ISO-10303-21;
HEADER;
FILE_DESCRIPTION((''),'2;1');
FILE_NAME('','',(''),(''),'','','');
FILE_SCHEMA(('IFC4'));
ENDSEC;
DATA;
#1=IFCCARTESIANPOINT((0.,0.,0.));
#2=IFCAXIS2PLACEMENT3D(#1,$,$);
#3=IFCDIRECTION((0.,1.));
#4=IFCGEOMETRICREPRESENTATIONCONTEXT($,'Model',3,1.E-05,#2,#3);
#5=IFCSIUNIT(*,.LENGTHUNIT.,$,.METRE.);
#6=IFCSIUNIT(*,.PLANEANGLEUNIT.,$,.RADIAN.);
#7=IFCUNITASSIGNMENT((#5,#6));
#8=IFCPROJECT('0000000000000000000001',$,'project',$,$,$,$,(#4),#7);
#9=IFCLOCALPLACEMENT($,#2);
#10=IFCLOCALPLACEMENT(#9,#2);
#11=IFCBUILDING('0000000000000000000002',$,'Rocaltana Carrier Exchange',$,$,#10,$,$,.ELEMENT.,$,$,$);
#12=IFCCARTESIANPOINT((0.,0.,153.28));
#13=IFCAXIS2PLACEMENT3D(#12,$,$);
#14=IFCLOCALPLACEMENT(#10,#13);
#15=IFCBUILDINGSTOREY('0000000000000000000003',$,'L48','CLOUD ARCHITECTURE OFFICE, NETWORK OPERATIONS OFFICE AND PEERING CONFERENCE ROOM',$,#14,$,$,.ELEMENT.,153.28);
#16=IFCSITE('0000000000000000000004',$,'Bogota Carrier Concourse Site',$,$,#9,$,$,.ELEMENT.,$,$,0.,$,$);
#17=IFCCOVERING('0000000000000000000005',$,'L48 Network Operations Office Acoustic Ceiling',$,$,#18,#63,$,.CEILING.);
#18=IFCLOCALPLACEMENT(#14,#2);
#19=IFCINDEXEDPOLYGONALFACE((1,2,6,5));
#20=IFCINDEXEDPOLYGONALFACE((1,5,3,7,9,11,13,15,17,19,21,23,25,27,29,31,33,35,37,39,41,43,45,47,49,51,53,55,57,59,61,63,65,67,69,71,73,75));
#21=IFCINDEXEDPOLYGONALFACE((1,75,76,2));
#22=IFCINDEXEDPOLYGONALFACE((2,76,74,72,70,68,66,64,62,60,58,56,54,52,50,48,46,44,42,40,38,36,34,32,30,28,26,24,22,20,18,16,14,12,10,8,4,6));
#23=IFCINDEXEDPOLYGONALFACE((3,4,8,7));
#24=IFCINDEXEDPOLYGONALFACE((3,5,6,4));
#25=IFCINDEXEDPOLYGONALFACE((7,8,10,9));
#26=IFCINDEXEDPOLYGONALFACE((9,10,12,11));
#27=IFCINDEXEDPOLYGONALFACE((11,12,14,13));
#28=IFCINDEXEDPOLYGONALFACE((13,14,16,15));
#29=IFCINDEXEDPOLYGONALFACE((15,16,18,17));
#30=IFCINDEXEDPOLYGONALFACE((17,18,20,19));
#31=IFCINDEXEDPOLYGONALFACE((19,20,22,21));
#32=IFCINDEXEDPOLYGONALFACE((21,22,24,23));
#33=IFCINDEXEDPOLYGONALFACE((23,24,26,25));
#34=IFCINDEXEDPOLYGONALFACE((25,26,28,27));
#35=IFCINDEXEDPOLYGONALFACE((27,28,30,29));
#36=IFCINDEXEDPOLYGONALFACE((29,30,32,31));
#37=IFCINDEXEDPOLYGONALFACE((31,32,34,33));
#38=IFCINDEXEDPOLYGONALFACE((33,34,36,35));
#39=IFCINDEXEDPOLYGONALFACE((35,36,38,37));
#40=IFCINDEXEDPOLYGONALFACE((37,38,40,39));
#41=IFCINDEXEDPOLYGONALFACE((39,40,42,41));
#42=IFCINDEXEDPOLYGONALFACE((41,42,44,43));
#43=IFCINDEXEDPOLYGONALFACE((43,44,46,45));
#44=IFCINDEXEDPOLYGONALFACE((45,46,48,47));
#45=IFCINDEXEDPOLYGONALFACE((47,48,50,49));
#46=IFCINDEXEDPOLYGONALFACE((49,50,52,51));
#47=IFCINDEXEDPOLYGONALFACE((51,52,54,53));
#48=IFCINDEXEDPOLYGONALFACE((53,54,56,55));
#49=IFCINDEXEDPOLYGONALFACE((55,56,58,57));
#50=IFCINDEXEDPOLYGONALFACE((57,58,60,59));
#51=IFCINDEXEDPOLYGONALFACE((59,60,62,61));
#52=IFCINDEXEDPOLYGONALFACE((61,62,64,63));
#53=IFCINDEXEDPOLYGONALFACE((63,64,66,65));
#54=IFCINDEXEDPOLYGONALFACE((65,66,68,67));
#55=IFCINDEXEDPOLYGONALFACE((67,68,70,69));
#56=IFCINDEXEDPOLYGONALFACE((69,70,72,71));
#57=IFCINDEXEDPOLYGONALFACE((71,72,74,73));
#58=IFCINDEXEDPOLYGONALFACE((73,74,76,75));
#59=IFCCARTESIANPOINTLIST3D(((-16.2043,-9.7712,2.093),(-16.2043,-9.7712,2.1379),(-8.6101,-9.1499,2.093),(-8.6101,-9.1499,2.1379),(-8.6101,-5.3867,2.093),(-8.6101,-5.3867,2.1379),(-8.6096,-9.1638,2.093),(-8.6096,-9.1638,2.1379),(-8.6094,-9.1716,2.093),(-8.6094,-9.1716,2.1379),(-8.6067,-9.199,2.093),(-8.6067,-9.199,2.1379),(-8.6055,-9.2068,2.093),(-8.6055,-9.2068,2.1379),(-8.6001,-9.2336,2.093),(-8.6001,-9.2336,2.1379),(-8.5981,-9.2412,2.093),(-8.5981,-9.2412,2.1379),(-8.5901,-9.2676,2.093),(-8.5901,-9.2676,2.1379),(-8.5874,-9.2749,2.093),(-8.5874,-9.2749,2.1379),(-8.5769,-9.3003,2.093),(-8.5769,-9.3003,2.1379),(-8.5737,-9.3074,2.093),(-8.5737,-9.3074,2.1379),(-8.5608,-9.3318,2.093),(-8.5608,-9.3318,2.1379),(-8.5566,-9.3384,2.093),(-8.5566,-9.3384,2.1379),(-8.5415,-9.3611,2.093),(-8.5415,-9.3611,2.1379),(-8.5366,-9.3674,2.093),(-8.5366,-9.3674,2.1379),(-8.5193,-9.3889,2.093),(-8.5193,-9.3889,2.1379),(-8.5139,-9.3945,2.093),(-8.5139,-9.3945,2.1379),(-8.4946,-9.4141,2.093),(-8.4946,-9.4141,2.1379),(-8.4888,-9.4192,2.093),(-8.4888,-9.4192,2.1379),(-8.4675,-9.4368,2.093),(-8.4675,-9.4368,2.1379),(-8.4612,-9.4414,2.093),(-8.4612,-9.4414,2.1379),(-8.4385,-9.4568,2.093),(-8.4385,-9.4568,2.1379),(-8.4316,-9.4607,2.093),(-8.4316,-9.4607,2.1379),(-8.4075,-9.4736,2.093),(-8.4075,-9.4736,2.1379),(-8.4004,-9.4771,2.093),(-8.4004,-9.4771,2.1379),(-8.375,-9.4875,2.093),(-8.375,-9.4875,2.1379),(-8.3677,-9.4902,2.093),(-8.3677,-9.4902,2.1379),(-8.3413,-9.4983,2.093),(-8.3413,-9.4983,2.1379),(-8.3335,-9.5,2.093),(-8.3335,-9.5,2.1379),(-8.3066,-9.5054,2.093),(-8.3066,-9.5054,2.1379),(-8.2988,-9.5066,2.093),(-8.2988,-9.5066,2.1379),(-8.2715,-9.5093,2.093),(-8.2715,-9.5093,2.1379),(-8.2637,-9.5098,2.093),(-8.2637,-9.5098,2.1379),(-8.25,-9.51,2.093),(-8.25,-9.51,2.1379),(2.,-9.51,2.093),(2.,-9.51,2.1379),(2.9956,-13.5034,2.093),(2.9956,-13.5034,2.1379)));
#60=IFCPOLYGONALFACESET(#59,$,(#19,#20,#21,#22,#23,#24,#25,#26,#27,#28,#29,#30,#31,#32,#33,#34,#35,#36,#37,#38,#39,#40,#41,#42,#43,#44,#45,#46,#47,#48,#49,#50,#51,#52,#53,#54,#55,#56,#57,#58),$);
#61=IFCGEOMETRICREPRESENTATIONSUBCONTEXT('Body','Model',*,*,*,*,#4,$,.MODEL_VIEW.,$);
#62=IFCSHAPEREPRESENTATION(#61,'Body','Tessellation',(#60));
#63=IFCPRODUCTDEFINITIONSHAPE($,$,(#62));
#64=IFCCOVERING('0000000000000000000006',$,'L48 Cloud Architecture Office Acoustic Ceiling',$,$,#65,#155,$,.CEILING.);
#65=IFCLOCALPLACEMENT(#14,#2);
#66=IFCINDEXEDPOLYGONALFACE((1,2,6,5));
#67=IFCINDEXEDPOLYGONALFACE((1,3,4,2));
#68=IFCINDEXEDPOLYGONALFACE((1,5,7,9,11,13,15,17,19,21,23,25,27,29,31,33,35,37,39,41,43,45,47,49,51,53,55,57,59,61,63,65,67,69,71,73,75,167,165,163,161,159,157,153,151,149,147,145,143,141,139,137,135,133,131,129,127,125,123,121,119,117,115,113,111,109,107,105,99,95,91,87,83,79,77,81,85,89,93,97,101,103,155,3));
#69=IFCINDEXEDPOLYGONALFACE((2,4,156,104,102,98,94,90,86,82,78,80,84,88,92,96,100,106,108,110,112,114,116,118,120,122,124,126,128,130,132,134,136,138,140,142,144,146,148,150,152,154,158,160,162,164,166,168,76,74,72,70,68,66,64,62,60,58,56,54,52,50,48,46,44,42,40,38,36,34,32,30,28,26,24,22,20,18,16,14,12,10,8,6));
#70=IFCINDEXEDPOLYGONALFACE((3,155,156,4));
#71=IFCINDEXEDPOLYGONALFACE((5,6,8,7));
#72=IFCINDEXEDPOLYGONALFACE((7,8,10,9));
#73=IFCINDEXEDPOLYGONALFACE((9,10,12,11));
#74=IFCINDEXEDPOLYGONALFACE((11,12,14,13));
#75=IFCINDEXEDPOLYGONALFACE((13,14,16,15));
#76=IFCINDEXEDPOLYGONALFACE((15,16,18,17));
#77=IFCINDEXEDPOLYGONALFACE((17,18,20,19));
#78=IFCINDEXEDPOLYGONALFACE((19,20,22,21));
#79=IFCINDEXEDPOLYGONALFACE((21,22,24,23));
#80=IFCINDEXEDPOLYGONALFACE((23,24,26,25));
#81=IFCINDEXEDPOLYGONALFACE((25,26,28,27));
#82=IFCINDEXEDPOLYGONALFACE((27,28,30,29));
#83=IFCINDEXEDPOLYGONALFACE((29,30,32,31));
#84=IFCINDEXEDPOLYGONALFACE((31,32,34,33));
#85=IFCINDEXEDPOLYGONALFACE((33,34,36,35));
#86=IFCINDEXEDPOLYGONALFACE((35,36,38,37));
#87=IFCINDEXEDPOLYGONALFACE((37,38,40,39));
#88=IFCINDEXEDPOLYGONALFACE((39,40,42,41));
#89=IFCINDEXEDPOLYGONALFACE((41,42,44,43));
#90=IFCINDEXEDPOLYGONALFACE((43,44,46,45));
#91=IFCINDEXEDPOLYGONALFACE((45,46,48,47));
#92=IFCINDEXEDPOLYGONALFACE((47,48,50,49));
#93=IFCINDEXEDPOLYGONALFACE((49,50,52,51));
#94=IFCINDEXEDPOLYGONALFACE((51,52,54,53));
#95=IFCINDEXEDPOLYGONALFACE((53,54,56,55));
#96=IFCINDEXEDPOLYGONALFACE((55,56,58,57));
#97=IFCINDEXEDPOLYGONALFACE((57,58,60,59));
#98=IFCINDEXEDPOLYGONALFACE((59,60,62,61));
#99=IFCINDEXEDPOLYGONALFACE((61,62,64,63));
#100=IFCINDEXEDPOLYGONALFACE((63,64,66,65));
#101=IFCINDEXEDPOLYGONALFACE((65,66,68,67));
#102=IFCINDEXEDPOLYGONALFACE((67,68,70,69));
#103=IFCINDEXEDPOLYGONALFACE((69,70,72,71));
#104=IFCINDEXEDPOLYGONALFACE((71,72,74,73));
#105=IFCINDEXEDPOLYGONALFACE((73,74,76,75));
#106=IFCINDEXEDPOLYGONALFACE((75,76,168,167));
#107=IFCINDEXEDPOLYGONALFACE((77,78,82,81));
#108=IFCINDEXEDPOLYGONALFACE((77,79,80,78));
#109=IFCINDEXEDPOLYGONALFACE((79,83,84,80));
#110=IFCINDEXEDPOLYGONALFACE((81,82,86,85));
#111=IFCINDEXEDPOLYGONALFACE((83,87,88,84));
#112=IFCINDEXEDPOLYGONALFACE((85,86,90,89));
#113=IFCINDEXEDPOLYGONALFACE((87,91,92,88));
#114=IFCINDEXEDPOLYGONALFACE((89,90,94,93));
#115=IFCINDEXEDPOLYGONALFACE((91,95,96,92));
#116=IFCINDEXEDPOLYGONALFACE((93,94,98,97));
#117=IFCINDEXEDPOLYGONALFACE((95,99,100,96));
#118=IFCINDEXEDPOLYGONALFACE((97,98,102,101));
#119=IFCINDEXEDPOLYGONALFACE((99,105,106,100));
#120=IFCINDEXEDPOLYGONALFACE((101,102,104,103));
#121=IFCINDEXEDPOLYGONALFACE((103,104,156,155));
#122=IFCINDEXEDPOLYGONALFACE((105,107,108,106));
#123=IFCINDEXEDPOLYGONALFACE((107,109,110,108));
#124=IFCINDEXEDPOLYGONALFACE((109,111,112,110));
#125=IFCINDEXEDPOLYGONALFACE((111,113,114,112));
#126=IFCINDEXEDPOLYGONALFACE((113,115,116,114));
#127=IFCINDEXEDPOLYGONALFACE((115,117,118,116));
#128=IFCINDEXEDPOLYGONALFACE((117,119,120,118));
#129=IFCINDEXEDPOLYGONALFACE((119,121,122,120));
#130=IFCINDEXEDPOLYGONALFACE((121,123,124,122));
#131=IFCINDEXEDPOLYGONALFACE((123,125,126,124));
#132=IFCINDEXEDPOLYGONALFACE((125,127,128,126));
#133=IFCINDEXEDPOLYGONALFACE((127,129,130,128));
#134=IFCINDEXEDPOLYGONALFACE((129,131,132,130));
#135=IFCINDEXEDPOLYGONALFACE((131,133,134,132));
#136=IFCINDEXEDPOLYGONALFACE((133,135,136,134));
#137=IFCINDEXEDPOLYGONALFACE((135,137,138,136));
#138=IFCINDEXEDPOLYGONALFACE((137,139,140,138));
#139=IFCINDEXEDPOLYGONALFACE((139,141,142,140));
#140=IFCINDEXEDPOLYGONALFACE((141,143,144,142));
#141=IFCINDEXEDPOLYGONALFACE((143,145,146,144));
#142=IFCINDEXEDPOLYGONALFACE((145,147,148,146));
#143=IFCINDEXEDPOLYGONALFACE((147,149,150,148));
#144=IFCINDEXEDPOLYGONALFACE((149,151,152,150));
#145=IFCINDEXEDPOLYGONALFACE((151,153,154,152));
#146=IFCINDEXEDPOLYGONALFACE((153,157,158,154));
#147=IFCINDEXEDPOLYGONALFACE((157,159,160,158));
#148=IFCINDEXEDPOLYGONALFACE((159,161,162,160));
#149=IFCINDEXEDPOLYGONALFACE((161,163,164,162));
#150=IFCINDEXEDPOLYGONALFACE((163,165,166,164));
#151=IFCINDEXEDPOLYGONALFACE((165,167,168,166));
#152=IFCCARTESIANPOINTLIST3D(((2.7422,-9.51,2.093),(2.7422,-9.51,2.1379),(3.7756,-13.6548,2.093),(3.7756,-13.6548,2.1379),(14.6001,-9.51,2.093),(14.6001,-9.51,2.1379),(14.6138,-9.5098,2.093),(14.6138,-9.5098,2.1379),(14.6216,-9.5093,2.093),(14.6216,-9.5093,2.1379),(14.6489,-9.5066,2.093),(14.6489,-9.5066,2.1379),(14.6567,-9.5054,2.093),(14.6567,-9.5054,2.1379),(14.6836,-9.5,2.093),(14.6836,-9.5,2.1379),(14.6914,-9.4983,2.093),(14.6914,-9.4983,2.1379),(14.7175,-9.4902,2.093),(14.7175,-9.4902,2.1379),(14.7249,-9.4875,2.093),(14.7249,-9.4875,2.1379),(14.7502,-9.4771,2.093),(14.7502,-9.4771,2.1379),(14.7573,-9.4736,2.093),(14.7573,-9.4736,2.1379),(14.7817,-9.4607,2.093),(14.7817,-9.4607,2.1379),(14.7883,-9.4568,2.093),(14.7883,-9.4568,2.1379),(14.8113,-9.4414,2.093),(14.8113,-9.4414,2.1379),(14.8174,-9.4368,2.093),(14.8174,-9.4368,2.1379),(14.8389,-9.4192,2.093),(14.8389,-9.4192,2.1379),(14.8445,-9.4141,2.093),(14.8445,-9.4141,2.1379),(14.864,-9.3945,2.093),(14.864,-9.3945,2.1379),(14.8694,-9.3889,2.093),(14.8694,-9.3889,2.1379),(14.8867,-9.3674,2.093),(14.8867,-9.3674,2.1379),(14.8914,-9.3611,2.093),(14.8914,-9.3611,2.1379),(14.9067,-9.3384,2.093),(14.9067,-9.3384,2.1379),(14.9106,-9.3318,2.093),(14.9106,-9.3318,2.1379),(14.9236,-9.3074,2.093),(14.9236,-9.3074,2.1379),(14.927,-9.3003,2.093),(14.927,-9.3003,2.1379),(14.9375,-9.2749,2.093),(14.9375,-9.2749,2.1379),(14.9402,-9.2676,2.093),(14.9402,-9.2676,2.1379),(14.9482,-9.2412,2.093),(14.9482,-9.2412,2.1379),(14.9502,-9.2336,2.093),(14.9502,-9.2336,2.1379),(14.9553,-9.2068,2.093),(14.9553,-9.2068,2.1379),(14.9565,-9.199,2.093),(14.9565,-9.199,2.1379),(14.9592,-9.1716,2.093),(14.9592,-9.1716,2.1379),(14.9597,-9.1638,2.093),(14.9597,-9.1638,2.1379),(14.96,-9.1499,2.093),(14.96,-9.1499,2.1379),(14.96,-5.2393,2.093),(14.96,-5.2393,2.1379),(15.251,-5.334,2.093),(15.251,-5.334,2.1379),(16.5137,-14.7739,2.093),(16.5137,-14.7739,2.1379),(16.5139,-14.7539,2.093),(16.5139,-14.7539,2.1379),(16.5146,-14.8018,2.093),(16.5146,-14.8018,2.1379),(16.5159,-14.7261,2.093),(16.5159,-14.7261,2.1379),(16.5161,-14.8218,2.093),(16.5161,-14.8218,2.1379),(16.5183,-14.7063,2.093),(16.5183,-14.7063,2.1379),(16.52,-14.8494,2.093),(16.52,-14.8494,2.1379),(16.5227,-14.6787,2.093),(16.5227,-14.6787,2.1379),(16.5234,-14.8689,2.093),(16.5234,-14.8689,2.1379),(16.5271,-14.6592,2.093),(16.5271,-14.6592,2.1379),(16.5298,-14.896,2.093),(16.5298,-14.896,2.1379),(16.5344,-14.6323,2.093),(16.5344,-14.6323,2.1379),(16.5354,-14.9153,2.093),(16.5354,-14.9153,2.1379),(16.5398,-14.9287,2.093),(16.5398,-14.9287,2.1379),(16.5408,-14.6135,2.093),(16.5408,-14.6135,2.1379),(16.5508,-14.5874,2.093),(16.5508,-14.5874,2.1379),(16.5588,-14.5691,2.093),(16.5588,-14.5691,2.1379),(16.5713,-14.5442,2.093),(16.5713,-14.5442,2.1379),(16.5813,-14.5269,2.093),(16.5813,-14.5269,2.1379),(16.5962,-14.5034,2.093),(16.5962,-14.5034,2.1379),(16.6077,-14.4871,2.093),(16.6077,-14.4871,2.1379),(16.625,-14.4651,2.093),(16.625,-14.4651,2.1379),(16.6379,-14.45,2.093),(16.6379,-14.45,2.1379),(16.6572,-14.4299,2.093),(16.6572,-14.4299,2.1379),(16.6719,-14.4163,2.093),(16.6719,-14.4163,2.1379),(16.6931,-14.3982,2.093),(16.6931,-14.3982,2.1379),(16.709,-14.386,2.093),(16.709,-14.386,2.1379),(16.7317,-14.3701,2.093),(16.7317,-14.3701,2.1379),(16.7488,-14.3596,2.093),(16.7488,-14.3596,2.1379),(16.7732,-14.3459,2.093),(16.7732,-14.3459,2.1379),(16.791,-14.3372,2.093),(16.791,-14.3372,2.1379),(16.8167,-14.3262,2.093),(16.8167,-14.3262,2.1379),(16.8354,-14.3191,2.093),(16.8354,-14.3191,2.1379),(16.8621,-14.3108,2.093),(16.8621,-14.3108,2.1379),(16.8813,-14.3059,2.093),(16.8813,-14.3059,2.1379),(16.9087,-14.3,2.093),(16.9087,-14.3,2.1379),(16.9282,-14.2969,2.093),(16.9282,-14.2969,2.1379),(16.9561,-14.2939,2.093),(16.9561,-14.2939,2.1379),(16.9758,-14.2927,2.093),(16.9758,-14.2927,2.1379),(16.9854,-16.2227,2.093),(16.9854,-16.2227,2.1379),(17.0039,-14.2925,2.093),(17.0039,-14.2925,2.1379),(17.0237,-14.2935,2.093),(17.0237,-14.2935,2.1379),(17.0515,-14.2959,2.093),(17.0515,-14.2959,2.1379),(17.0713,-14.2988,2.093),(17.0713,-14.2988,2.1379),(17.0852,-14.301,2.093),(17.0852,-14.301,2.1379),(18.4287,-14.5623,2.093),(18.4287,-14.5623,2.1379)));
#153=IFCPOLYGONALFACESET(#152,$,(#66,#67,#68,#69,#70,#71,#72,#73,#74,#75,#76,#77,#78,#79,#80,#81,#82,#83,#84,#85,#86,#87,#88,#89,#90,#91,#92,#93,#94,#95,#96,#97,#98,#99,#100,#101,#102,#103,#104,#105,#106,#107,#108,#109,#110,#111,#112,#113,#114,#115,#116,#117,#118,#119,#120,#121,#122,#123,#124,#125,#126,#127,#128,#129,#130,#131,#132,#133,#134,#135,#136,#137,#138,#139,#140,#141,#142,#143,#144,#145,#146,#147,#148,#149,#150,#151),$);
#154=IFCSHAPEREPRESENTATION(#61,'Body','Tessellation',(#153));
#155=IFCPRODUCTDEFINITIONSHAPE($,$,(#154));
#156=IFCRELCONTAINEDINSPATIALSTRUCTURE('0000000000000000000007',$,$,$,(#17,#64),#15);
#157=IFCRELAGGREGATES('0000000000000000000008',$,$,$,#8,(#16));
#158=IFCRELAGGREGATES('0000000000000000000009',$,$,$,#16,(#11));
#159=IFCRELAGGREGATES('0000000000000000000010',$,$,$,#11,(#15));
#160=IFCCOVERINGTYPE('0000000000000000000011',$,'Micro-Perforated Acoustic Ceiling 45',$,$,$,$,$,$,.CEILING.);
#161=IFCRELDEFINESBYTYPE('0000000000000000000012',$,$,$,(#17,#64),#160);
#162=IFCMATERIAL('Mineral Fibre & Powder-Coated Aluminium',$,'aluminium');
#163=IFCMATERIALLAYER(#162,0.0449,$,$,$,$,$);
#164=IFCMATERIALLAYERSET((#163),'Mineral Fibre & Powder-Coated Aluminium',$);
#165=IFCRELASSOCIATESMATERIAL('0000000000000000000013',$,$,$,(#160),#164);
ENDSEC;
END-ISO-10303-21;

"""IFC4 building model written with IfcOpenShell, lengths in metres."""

from ifc_helpers import new_model, si_unit, direction, frame, origin, place, context, subcontext, project, spatial, polyline, outline, extrude, material, layer, layer_set, type_object, element, save


model = new_model("IFC4")

# Units and contexts
model_context = context("Model", 3, precision=1e-05, world=origin(), true_north=direction((0.0, 1.0)))
body_context = subcontext(model_context, "Body", "Model", "MODEL_VIEW")
ifc_project = project(units=[si_unit("LENGTHUNIT", "METRE"), si_unit("PLANEANGLEUNIT", "RADIAN")], contexts=[model_context])

# Site, building, storey
site_placement = place(None, origin())
site = spatial("IfcSite", under=ifc_project, at=site_placement, Name="Bogota Carrier Concourse Site", CompositionType="ELEMENT", RefElevation=0.0)
building_placement = place(site_placement, origin())
building = spatial("IfcBuilding", under=site, at=building_placement, Name="Rocaltana Carrier Exchange", CompositionType="ELEMENT")
storey_placement = place(building_placement, frame((0.0, 0.0, 153.28)))
storey = spatial("IfcBuildingStorey", under=building, at=storey_placement, Name="L48", Description="CLOUD ARCHITECTURE OFFICE, NETWORK OPERATIONS OFFICE AND PEERING CONFERENCE ROOM", CompositionType="ELEMENT", Elevation=153.28)

# Coverings
ifc_material_1 = material(Name="Mineral Fibre & Powder-Coated Aluminium", Category="aluminium")
ifc_layer_1 = layer(ifc_material_1, 0.0449)
ifc_layer_set_1 = layer_set([ifc_layer_1], Name="Mineral Fibre & Powder-Coated Aluminium")
covering_type_1 = type_object("IfcCoveringType", Name="Micro-Perforated Acoustic Ceiling 45", PredefinedType="CEILING", material=ifc_layer_set_1)
covering_1_placement = place(storey_placement, frame((0.0, 0.0, 2.093)))
element("IfcCovering", 1, at=covering_1_placement, inside=storey, type_object=covering_type_1, Name="L48 Network Operations Office Acoustic Ceiling", PredefinedType="CEILING", context=body_context, shape_type="SweptSolid", body=[
    extrude(outline(polyline([(-16.2043, -9.7712), (-8.6101, -5.3867), (-8.6101, -9.1499), (-8.6096, -9.1638), (-8.6094, -9.1716), (-8.6067, -9.199), (-8.6055, -9.2068), (-8.6001, -9.2336), (-8.5981, -9.2412), (-8.5901, -9.2676), (-8.5874, -9.2749), (-8.5769, -9.3003), (-8.5737, -9.3074), (-8.5608, -9.3318), (-8.5566, -9.3384), (-8.5415, -9.3611), (-8.5366, -9.3674), (-8.5193, -9.3889), (-8.5139, -9.3945), (-8.4946, -9.4141), (-8.4888, -9.4192), (-8.4675, -9.4368), (-8.4612, -9.4414), (-8.4385, -9.4568), (-8.4316, -9.4607), (-8.4075, -9.4736), (-8.4004, -9.4771), (-8.375, -9.4875), (-8.3677, -9.4902), (-8.3413, -9.4983), (-8.3335, -9.5), (-8.3066, -9.5054), (-8.2988, -9.5066), (-8.2715, -9.5093), (-8.2637, -9.5098), (-8.25, -9.51), (2.0, -9.51), (2.9956, -13.5034), (-16.2043, -9.7712)])), origin(), (0.0, 0.0, 1.0), 0.0449),
])
covering_2_placement = place(storey_placement, frame((0.0, 0.0, 2.093)))
element("IfcCovering", 2, at=covering_2_placement, inside=storey, type_object=covering_type_1, Name="L48 Cloud Architecture Office Acoustic Ceiling", PredefinedType="CEILING", context=body_context, shape_type="SweptSolid", body=[
    extrude(outline(polyline([(18.4287, -14.5623), (17.0852, -14.301), (17.0713, -14.2988), (17.0515, -14.2959), (17.0237, -14.2935), (17.0039, -14.2925), (16.9758, -14.2927), (16.9561, -14.2939), (16.9282, -14.2969), (16.9087, -14.3), (16.8813, -14.3059), (16.8621, -14.3108), (16.8354, -14.3191), (16.8167, -14.3262), (16.791, -14.3372), (16.7732, -14.3459), (16.7488, -14.3596), (16.7317, -14.3701), (16.709, -14.386), (16.6931, -14.3982), (16.6719, -14.4163), (16.6572, -14.4299), (16.6379, -14.45), (16.625, -14.4651), (16.6077, -14.4871), (16.5962, -14.5034), (16.5813, -14.5269), (16.5713, -14.5442), (16.5588, -14.5691), (16.5508, -14.5874), (16.5408, -14.6135), (16.5344, -14.6323), (16.5271, -14.6592), (16.5227, -14.6787), (16.5183, -14.7063), (16.5159, -14.7261), (16.5139, -14.7539), (16.5137, -14.7739), (16.5146, -14.8018), (16.5161, -14.8218), (16.52, -14.8494), (16.5234, -14.8689), (16.5298, -14.896), (16.5354, -14.9153), (16.5398, -14.9287), (16.9854, -16.2227), (3.7756, -13.6548), (2.7422, -9.51), (14.6001, -9.51), (14.6138, -9.5098), (14.6216, -9.5093), (14.6489, -9.5066), (14.6567, -9.5054), (14.6836, -9.5), (14.6914, -9.4983), (14.7175, -9.4902), (14.7249, -9.4875), (14.7502, -9.4771), (14.7573, -9.4736), (14.7817, -9.4607), (14.7883, -9.4568), (14.8113, -9.4414), (14.8174, -9.4368), (14.8389, -9.4192), (14.8445, -9.4141), (14.864, -9.3945), (14.8694, -9.3889), (14.8867, -9.3674), (14.8914, -9.3611), (14.9067, -9.3384), (14.9106, -9.3318), (14.9236, -9.3074), (14.927, -9.3003), (14.9375, -9.2749), (14.9402, -9.2676), (14.9482, -9.2412), (14.9502, -9.2336), (14.9553, -9.2068), (14.9565, -9.199), (14.9592, -9.1716), (14.9597, -9.1638), (14.96, -9.1499), (14.96, -5.2393), (15.251, -5.334), (18.4287, -14.5623)])), origin(), (0.0, 0.0, 1.0), 0.0449),
])

save(model, "model.ifc")
